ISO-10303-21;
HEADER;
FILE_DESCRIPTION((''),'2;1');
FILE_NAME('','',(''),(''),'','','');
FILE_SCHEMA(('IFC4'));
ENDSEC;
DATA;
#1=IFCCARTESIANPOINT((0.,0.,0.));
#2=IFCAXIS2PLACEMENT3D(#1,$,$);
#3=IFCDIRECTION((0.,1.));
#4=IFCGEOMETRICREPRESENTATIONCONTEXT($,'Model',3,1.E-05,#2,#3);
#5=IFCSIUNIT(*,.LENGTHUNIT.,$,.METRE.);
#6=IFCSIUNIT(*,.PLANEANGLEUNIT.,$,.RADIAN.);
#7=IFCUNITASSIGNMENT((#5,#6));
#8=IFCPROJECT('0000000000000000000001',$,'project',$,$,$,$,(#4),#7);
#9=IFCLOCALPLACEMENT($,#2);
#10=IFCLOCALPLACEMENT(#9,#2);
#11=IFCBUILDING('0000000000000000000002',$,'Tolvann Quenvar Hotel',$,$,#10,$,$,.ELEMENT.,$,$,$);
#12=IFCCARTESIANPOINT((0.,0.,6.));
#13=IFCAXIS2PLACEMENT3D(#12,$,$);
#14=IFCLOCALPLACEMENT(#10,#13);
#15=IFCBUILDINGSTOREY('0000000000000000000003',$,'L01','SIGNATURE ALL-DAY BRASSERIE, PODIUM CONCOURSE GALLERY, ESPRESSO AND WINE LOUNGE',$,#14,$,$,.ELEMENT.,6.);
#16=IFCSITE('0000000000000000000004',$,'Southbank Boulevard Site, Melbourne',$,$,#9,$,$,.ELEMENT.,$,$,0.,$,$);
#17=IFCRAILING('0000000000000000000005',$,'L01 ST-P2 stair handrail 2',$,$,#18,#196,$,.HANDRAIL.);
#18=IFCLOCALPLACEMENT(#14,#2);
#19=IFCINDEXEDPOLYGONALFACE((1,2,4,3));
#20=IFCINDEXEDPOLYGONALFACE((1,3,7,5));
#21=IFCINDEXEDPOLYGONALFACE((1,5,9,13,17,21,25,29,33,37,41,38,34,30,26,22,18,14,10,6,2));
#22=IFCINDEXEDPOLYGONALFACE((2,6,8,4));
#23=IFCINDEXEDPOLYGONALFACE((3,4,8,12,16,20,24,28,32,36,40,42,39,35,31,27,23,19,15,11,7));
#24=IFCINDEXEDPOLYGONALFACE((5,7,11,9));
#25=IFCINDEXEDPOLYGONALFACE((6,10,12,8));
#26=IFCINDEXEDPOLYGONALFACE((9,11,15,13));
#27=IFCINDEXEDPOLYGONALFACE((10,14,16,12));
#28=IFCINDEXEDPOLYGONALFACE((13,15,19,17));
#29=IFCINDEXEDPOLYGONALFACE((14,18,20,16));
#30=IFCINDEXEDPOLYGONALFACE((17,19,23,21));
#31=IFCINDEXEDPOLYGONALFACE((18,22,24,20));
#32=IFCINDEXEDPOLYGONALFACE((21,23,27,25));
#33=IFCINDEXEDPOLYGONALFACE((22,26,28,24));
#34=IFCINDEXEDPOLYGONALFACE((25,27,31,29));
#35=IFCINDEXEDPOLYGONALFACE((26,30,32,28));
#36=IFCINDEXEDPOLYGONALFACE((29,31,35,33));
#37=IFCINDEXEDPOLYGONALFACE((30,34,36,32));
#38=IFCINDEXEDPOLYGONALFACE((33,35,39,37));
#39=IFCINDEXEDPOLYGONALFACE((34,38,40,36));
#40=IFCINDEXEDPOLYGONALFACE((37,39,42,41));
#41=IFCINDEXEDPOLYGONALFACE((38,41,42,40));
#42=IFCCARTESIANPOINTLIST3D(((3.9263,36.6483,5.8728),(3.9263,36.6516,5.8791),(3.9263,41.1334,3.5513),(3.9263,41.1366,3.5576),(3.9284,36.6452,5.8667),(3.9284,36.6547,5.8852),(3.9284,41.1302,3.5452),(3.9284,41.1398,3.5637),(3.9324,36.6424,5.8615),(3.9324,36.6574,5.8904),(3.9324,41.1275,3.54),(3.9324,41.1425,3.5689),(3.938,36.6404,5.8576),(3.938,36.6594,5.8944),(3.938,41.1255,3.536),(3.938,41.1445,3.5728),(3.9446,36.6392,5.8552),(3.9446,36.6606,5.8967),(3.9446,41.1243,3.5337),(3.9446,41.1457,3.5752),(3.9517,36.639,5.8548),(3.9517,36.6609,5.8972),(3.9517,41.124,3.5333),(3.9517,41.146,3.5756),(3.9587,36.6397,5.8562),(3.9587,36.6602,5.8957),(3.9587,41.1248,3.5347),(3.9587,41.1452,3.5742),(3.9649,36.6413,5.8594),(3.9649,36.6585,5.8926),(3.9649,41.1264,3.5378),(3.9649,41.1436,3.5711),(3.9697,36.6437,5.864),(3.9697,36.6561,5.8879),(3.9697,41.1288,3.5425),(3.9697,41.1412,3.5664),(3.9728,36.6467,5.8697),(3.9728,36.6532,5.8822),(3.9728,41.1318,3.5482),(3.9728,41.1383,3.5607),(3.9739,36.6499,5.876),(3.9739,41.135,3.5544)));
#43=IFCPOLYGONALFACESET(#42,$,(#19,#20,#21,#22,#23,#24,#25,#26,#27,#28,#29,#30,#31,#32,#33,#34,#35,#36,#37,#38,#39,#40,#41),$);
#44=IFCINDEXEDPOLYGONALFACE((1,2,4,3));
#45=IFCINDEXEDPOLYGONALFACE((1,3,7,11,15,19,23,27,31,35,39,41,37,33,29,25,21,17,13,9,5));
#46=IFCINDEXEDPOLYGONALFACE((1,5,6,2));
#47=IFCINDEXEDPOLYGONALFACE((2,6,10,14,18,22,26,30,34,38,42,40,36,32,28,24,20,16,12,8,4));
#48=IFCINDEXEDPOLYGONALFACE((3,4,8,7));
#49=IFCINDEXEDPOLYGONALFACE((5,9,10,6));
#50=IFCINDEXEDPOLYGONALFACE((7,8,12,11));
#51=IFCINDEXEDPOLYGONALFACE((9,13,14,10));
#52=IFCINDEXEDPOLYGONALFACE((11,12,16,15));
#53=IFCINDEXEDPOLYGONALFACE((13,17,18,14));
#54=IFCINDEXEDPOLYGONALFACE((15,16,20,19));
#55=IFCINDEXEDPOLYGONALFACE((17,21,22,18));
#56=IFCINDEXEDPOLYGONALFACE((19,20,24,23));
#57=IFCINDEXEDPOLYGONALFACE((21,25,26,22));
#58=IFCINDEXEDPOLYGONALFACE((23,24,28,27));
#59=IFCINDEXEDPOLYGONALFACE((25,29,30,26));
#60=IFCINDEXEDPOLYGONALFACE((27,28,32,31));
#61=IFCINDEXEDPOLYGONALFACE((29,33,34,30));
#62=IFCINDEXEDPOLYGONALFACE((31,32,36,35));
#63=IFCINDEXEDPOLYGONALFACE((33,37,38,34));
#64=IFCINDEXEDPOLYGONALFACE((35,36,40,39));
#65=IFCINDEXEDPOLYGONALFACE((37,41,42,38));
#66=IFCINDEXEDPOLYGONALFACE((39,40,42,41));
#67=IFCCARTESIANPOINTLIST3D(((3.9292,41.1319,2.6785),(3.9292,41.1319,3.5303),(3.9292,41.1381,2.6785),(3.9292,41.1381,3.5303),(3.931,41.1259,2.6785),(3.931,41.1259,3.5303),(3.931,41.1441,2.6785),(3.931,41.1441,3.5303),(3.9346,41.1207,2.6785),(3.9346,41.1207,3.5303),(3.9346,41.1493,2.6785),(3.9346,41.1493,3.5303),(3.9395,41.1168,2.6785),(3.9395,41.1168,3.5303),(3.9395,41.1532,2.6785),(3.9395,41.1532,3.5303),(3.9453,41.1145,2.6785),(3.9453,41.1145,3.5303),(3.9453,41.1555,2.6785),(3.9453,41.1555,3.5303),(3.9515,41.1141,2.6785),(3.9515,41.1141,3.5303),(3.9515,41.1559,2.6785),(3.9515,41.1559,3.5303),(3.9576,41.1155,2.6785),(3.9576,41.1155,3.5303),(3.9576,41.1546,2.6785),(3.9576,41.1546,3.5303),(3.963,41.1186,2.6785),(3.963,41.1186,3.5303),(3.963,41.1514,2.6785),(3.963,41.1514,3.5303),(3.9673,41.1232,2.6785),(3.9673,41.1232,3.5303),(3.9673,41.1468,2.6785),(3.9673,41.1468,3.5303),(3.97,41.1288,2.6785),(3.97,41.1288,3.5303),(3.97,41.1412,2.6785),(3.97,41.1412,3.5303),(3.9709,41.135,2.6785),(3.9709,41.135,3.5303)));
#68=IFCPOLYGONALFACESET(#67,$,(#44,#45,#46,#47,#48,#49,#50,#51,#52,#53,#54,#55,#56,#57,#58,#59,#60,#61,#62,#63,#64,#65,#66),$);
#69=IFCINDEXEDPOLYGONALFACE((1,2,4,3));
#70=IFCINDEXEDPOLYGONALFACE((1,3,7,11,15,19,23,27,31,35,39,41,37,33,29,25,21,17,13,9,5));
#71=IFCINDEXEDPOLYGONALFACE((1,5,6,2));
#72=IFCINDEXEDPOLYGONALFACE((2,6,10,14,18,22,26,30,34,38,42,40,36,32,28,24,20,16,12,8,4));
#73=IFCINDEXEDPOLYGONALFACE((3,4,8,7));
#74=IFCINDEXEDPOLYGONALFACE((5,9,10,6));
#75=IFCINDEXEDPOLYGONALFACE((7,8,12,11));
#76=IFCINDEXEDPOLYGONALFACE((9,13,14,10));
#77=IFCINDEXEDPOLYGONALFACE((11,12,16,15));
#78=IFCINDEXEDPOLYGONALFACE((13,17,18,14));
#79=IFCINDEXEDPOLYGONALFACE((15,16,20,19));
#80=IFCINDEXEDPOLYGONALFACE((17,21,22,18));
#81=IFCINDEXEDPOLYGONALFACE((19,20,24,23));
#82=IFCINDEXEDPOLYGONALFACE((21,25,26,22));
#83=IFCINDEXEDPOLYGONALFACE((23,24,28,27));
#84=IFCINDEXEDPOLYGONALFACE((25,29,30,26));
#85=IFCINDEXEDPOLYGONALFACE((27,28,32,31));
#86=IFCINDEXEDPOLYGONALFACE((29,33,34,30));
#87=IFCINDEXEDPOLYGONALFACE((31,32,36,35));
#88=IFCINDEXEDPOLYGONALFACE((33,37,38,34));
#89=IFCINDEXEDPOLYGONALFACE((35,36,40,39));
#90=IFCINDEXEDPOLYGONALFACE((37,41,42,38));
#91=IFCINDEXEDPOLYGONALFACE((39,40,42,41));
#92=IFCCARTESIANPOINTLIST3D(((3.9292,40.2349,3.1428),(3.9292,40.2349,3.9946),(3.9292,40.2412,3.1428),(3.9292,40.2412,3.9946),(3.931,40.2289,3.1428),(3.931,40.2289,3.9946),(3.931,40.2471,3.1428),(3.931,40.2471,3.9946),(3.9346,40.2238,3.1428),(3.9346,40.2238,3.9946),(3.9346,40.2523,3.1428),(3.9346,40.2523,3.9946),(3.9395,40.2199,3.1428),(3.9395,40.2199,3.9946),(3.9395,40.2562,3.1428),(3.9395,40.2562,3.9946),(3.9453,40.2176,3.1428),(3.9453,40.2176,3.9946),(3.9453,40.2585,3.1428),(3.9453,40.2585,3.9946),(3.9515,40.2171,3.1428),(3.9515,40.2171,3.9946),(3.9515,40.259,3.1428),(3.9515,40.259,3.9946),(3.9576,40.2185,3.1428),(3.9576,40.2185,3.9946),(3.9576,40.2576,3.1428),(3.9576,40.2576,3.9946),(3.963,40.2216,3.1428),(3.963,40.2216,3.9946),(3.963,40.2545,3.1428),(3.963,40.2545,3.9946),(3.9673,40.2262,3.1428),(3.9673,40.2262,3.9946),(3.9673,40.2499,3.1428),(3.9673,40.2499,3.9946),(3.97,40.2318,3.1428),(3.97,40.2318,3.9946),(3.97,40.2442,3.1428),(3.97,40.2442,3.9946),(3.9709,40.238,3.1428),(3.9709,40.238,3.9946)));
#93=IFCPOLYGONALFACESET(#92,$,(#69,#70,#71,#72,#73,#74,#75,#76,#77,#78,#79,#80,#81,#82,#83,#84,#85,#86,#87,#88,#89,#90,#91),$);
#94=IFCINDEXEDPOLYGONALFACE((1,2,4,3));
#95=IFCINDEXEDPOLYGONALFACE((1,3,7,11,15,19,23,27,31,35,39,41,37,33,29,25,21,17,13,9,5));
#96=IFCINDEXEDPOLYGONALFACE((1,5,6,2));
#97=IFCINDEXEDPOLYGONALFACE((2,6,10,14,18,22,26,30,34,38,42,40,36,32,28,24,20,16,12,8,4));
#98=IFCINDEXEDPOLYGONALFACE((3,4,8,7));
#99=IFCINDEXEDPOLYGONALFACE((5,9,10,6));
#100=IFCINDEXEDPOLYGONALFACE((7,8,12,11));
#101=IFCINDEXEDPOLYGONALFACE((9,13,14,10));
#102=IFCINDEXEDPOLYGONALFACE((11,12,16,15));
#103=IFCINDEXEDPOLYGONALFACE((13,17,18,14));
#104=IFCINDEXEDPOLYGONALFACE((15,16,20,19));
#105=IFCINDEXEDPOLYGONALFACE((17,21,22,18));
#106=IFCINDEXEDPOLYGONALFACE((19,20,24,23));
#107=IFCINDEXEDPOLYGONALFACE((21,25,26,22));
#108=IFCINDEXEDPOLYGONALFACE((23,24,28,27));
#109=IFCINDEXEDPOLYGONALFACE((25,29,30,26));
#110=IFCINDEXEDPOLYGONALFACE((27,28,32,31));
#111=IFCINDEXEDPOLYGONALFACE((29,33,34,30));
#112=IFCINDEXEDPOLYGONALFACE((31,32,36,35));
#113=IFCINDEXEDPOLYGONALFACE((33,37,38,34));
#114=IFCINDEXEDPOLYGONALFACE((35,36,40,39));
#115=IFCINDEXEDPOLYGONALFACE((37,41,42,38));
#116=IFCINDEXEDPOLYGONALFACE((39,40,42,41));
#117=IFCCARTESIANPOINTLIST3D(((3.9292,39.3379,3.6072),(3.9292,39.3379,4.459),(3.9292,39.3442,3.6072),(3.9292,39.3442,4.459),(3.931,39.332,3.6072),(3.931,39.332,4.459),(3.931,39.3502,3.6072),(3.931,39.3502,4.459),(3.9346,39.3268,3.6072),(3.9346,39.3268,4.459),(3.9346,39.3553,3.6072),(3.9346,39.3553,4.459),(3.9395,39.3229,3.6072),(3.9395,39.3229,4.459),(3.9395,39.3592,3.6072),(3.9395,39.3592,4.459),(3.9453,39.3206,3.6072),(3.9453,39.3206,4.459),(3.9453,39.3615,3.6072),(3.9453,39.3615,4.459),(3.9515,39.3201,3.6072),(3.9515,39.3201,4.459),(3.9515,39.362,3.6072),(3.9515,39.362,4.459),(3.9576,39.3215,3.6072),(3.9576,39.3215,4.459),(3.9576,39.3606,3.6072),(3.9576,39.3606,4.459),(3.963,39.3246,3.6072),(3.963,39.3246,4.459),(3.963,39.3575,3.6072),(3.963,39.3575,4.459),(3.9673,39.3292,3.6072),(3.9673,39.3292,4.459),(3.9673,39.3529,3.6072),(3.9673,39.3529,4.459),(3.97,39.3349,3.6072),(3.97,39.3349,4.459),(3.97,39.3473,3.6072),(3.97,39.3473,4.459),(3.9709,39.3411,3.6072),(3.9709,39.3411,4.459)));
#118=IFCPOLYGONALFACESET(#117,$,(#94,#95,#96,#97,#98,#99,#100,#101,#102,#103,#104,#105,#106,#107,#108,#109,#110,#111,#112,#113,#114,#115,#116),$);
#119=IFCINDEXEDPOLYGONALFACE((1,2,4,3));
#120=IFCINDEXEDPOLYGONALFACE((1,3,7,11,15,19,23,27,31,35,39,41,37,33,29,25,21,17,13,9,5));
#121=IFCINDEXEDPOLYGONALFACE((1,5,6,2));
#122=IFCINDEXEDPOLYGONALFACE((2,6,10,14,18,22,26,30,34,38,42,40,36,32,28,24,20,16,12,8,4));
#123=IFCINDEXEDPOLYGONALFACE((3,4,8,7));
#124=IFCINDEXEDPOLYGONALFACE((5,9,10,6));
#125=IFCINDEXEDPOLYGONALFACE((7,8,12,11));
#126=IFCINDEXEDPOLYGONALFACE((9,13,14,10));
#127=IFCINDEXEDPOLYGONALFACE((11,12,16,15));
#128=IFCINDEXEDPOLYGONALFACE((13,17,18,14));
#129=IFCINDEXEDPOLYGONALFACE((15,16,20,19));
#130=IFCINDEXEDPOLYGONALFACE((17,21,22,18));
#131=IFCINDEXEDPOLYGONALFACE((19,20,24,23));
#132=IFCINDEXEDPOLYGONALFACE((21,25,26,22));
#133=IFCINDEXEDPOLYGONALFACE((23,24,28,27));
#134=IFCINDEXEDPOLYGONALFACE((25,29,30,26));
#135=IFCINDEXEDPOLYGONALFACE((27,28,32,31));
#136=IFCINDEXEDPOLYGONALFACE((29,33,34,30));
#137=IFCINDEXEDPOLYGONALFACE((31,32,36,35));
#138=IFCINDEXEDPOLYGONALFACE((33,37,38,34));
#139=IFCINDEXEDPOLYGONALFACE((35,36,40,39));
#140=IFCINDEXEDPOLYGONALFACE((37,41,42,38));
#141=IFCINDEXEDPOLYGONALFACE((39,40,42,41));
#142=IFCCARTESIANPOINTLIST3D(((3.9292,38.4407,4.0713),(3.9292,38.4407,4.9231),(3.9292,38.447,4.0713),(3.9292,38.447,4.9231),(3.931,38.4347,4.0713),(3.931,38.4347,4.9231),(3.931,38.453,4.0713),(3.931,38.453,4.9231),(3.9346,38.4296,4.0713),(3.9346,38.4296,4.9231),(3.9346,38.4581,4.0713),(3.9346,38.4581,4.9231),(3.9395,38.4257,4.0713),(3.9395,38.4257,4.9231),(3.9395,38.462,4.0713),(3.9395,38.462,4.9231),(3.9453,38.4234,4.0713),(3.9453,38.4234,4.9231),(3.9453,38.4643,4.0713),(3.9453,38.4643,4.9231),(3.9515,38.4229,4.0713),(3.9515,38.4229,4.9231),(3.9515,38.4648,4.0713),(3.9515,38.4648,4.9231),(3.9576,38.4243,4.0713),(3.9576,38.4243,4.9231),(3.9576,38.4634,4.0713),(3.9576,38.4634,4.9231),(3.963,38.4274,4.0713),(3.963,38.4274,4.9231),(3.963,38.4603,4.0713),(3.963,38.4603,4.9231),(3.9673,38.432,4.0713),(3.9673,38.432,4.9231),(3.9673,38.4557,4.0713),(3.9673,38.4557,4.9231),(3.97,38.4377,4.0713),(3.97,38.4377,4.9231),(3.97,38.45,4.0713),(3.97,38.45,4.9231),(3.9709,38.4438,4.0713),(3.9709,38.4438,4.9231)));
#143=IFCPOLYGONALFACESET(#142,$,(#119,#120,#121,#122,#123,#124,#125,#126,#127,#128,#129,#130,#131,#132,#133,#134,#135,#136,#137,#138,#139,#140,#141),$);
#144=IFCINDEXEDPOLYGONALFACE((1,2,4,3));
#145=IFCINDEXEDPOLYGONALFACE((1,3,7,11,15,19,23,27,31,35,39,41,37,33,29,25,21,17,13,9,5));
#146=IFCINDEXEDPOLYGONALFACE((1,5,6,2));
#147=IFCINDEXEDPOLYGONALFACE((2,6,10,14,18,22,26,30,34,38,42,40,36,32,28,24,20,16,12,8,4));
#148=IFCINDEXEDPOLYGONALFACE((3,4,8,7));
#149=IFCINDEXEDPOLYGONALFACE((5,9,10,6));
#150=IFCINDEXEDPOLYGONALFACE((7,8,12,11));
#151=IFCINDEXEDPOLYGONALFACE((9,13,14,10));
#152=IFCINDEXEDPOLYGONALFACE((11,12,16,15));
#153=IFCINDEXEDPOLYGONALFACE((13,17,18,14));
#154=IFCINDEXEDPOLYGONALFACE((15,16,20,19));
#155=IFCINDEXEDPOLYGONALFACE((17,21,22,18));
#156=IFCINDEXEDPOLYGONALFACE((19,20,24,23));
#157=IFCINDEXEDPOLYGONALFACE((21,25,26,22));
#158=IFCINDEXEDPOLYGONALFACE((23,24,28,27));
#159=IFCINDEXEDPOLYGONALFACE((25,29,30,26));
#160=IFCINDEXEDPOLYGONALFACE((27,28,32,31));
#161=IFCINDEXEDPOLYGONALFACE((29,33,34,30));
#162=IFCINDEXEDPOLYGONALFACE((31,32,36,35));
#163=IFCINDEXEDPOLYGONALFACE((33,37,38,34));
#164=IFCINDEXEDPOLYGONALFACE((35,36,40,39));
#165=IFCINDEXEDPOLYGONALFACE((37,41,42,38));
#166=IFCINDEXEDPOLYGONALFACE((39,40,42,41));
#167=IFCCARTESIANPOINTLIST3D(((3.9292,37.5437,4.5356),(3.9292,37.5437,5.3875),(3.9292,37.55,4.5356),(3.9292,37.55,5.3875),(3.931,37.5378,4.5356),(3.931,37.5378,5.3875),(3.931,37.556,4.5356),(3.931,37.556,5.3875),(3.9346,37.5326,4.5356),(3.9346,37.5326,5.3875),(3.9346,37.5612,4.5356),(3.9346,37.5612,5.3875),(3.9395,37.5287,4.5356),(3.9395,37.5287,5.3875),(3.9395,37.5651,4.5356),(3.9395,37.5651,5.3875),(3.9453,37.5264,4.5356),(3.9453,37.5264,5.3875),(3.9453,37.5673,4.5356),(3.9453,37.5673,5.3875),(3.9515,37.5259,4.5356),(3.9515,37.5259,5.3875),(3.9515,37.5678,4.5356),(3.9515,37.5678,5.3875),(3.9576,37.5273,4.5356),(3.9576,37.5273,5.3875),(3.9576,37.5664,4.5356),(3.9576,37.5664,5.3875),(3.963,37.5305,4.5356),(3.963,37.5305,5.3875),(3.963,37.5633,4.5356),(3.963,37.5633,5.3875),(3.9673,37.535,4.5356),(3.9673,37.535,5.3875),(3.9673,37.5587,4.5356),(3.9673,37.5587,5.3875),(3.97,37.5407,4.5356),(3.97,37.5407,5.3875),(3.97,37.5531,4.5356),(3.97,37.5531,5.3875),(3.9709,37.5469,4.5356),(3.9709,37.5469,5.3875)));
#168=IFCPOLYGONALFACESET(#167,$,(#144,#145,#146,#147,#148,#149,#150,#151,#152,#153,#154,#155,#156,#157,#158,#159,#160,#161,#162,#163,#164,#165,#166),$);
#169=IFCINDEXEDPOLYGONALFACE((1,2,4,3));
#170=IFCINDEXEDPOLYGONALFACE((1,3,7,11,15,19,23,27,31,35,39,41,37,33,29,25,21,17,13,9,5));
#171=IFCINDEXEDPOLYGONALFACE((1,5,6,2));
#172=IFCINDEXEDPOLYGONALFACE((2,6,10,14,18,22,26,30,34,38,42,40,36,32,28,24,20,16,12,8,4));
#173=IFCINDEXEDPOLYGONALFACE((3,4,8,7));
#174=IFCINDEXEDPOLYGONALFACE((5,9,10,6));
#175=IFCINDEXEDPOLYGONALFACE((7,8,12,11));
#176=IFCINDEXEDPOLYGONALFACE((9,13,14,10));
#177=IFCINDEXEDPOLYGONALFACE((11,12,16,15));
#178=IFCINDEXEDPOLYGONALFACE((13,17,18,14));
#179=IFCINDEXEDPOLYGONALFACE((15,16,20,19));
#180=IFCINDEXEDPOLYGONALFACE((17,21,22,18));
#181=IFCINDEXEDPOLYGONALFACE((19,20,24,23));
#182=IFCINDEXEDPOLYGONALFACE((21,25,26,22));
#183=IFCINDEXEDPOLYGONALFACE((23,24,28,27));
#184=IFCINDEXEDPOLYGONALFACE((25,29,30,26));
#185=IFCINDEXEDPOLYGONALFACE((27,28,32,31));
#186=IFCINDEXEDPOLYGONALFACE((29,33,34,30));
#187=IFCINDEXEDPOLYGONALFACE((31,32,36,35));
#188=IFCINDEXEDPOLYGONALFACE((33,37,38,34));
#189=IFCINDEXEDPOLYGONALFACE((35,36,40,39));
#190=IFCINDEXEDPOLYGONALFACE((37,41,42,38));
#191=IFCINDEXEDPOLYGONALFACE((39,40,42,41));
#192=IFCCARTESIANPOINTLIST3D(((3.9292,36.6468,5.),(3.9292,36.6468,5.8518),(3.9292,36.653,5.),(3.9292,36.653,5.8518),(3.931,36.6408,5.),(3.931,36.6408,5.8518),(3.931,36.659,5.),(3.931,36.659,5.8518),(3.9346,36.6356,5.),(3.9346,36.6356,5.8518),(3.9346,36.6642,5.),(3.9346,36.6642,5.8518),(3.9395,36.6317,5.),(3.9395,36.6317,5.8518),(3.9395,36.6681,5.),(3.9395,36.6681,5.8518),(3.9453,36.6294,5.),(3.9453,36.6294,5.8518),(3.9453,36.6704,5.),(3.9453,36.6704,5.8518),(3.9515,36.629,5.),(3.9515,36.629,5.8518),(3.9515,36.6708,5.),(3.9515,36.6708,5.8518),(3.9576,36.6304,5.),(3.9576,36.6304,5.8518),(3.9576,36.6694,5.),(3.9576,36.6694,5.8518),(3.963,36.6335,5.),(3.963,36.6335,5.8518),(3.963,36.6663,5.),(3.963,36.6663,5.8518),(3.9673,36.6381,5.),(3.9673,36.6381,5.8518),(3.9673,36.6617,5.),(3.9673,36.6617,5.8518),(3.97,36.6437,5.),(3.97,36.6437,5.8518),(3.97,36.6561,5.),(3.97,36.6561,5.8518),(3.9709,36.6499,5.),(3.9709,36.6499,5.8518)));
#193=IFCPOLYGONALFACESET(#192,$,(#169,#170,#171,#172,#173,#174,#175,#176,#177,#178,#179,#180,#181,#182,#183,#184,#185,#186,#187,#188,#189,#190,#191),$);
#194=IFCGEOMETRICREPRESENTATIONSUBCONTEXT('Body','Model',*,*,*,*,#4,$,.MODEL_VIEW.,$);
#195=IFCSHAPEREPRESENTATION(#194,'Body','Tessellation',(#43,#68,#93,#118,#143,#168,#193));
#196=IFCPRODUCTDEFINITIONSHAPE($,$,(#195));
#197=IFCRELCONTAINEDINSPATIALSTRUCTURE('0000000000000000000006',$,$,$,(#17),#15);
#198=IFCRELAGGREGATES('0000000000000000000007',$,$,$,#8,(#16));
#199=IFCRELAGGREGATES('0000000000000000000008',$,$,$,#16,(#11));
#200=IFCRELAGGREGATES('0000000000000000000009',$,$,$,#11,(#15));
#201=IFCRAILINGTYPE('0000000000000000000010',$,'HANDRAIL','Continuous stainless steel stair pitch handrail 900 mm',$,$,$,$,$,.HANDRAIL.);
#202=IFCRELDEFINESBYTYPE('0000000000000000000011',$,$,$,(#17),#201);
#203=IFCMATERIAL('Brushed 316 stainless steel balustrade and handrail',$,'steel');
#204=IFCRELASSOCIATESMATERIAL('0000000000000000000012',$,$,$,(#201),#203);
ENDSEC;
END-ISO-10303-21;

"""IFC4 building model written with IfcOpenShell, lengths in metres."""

from ifc_helpers import new_model, si_unit, direction, frame, origin, origin_2d, place, context, subcontext, project, spatial, circle, extrude, material, type_object, element, save


model = new_model("IFC4")

# Units and contexts
model_context = context("Model", 3, precision=1e-05, world=origin(), true_north=direction((0.0, 1.0)))
body_context = subcontext(model_context, "Body", "Model", "MODEL_VIEW")
ifc_project = project(units=[si_unit("LENGTHUNIT", "METRE"), si_unit("PLANEANGLEUNIT", "RADIAN")], contexts=[model_context])

# Site, building, storey
site_placement = place(None, origin())
site = spatial("IfcSite", under=ifc_project, at=site_placement, Name="Southbank Boulevard Site, Melbourne", CompositionType="ELEMENT", RefElevation=0.0)
building_placement = place(site_placement, origin())
building = spatial("IfcBuilding", under=site, at=building_placement, Name="Tolvann Quenvar Hotel", CompositionType="ELEMENT")
storey_placement = place(building_placement, frame((0.0, 0.0, 6.0)))
storey = spatial("IfcBuildingStorey", under=building, at=storey_placement, Name="L01", Description="SIGNATURE ALL-DAY BRASSERIE, PODIUM CONCOURSE GALLERY, ESPRESSO AND WINE LOUNGE", CompositionType="ELEMENT", Elevation=6.0)

# Railing
ifc_material_1 = material(Name="Brushed 316 stainless steel balustrade and handrail", Category="steel")
railing_type_1 = type_object("IfcRailingType", Name="HANDRAIL", Description="Continuous stainless steel stair pitch handrail 900 mm", PredefinedType="HANDRAIL", material=ifc_material_1)
railing_1_placement = place(storey_placement, frame((3.95, 41.135, 2.6785)))
element("IfcRailing", 1, at=railing_1_placement, inside=storey, type_object=railing_type_1, Name="L01 ST-P2 stair handrail 2", PredefinedType="HANDRAIL", context=body_context, shape_type="SweptSolid", body=[
    extrude(circle(Radius=0.0239, at=origin_2d()), frame((0.0, 0.0, 0.876), z_axis=(0.0, -0.888084, 0.459681), x_axis=(1.0, 0.0, 0.0)), (0.0, 0.0, 1.0), 5.0503),
    extrude(circle(Radius=0.021, at=origin_2d()), origin(), (0.0, 0.0, 1.0), 0.8518),
    extrude(circle(Radius=0.021, at=origin_2d()), frame((0.0, -0.897, 0.4644)), (0.0, 0.0, 1.0), 0.8518),
    extrude(circle(Radius=0.021, at=origin_2d()), frame((0.0, -1.7939, 0.9287)), (0.0, 0.0, 1.0), 0.8518),
    extrude(circle(Radius=0.021, at=origin_2d()), frame((0.0, -2.6912, 1.3928)), (0.0, 0.0, 1.0), 0.8518),
    extrude(circle(Radius=0.021, at=origin_2d()), frame((0.0, -3.5881, 1.8572)), (0.0, 0.0, 1.0), 0.8518),
    extrude(circle(Radius=0.021, at=origin_2d()), frame((0.0, -4.4851, 2.3215)), (0.0, 0.0, 1.0), 0.8518),
])

save(model, "model.ifc")
